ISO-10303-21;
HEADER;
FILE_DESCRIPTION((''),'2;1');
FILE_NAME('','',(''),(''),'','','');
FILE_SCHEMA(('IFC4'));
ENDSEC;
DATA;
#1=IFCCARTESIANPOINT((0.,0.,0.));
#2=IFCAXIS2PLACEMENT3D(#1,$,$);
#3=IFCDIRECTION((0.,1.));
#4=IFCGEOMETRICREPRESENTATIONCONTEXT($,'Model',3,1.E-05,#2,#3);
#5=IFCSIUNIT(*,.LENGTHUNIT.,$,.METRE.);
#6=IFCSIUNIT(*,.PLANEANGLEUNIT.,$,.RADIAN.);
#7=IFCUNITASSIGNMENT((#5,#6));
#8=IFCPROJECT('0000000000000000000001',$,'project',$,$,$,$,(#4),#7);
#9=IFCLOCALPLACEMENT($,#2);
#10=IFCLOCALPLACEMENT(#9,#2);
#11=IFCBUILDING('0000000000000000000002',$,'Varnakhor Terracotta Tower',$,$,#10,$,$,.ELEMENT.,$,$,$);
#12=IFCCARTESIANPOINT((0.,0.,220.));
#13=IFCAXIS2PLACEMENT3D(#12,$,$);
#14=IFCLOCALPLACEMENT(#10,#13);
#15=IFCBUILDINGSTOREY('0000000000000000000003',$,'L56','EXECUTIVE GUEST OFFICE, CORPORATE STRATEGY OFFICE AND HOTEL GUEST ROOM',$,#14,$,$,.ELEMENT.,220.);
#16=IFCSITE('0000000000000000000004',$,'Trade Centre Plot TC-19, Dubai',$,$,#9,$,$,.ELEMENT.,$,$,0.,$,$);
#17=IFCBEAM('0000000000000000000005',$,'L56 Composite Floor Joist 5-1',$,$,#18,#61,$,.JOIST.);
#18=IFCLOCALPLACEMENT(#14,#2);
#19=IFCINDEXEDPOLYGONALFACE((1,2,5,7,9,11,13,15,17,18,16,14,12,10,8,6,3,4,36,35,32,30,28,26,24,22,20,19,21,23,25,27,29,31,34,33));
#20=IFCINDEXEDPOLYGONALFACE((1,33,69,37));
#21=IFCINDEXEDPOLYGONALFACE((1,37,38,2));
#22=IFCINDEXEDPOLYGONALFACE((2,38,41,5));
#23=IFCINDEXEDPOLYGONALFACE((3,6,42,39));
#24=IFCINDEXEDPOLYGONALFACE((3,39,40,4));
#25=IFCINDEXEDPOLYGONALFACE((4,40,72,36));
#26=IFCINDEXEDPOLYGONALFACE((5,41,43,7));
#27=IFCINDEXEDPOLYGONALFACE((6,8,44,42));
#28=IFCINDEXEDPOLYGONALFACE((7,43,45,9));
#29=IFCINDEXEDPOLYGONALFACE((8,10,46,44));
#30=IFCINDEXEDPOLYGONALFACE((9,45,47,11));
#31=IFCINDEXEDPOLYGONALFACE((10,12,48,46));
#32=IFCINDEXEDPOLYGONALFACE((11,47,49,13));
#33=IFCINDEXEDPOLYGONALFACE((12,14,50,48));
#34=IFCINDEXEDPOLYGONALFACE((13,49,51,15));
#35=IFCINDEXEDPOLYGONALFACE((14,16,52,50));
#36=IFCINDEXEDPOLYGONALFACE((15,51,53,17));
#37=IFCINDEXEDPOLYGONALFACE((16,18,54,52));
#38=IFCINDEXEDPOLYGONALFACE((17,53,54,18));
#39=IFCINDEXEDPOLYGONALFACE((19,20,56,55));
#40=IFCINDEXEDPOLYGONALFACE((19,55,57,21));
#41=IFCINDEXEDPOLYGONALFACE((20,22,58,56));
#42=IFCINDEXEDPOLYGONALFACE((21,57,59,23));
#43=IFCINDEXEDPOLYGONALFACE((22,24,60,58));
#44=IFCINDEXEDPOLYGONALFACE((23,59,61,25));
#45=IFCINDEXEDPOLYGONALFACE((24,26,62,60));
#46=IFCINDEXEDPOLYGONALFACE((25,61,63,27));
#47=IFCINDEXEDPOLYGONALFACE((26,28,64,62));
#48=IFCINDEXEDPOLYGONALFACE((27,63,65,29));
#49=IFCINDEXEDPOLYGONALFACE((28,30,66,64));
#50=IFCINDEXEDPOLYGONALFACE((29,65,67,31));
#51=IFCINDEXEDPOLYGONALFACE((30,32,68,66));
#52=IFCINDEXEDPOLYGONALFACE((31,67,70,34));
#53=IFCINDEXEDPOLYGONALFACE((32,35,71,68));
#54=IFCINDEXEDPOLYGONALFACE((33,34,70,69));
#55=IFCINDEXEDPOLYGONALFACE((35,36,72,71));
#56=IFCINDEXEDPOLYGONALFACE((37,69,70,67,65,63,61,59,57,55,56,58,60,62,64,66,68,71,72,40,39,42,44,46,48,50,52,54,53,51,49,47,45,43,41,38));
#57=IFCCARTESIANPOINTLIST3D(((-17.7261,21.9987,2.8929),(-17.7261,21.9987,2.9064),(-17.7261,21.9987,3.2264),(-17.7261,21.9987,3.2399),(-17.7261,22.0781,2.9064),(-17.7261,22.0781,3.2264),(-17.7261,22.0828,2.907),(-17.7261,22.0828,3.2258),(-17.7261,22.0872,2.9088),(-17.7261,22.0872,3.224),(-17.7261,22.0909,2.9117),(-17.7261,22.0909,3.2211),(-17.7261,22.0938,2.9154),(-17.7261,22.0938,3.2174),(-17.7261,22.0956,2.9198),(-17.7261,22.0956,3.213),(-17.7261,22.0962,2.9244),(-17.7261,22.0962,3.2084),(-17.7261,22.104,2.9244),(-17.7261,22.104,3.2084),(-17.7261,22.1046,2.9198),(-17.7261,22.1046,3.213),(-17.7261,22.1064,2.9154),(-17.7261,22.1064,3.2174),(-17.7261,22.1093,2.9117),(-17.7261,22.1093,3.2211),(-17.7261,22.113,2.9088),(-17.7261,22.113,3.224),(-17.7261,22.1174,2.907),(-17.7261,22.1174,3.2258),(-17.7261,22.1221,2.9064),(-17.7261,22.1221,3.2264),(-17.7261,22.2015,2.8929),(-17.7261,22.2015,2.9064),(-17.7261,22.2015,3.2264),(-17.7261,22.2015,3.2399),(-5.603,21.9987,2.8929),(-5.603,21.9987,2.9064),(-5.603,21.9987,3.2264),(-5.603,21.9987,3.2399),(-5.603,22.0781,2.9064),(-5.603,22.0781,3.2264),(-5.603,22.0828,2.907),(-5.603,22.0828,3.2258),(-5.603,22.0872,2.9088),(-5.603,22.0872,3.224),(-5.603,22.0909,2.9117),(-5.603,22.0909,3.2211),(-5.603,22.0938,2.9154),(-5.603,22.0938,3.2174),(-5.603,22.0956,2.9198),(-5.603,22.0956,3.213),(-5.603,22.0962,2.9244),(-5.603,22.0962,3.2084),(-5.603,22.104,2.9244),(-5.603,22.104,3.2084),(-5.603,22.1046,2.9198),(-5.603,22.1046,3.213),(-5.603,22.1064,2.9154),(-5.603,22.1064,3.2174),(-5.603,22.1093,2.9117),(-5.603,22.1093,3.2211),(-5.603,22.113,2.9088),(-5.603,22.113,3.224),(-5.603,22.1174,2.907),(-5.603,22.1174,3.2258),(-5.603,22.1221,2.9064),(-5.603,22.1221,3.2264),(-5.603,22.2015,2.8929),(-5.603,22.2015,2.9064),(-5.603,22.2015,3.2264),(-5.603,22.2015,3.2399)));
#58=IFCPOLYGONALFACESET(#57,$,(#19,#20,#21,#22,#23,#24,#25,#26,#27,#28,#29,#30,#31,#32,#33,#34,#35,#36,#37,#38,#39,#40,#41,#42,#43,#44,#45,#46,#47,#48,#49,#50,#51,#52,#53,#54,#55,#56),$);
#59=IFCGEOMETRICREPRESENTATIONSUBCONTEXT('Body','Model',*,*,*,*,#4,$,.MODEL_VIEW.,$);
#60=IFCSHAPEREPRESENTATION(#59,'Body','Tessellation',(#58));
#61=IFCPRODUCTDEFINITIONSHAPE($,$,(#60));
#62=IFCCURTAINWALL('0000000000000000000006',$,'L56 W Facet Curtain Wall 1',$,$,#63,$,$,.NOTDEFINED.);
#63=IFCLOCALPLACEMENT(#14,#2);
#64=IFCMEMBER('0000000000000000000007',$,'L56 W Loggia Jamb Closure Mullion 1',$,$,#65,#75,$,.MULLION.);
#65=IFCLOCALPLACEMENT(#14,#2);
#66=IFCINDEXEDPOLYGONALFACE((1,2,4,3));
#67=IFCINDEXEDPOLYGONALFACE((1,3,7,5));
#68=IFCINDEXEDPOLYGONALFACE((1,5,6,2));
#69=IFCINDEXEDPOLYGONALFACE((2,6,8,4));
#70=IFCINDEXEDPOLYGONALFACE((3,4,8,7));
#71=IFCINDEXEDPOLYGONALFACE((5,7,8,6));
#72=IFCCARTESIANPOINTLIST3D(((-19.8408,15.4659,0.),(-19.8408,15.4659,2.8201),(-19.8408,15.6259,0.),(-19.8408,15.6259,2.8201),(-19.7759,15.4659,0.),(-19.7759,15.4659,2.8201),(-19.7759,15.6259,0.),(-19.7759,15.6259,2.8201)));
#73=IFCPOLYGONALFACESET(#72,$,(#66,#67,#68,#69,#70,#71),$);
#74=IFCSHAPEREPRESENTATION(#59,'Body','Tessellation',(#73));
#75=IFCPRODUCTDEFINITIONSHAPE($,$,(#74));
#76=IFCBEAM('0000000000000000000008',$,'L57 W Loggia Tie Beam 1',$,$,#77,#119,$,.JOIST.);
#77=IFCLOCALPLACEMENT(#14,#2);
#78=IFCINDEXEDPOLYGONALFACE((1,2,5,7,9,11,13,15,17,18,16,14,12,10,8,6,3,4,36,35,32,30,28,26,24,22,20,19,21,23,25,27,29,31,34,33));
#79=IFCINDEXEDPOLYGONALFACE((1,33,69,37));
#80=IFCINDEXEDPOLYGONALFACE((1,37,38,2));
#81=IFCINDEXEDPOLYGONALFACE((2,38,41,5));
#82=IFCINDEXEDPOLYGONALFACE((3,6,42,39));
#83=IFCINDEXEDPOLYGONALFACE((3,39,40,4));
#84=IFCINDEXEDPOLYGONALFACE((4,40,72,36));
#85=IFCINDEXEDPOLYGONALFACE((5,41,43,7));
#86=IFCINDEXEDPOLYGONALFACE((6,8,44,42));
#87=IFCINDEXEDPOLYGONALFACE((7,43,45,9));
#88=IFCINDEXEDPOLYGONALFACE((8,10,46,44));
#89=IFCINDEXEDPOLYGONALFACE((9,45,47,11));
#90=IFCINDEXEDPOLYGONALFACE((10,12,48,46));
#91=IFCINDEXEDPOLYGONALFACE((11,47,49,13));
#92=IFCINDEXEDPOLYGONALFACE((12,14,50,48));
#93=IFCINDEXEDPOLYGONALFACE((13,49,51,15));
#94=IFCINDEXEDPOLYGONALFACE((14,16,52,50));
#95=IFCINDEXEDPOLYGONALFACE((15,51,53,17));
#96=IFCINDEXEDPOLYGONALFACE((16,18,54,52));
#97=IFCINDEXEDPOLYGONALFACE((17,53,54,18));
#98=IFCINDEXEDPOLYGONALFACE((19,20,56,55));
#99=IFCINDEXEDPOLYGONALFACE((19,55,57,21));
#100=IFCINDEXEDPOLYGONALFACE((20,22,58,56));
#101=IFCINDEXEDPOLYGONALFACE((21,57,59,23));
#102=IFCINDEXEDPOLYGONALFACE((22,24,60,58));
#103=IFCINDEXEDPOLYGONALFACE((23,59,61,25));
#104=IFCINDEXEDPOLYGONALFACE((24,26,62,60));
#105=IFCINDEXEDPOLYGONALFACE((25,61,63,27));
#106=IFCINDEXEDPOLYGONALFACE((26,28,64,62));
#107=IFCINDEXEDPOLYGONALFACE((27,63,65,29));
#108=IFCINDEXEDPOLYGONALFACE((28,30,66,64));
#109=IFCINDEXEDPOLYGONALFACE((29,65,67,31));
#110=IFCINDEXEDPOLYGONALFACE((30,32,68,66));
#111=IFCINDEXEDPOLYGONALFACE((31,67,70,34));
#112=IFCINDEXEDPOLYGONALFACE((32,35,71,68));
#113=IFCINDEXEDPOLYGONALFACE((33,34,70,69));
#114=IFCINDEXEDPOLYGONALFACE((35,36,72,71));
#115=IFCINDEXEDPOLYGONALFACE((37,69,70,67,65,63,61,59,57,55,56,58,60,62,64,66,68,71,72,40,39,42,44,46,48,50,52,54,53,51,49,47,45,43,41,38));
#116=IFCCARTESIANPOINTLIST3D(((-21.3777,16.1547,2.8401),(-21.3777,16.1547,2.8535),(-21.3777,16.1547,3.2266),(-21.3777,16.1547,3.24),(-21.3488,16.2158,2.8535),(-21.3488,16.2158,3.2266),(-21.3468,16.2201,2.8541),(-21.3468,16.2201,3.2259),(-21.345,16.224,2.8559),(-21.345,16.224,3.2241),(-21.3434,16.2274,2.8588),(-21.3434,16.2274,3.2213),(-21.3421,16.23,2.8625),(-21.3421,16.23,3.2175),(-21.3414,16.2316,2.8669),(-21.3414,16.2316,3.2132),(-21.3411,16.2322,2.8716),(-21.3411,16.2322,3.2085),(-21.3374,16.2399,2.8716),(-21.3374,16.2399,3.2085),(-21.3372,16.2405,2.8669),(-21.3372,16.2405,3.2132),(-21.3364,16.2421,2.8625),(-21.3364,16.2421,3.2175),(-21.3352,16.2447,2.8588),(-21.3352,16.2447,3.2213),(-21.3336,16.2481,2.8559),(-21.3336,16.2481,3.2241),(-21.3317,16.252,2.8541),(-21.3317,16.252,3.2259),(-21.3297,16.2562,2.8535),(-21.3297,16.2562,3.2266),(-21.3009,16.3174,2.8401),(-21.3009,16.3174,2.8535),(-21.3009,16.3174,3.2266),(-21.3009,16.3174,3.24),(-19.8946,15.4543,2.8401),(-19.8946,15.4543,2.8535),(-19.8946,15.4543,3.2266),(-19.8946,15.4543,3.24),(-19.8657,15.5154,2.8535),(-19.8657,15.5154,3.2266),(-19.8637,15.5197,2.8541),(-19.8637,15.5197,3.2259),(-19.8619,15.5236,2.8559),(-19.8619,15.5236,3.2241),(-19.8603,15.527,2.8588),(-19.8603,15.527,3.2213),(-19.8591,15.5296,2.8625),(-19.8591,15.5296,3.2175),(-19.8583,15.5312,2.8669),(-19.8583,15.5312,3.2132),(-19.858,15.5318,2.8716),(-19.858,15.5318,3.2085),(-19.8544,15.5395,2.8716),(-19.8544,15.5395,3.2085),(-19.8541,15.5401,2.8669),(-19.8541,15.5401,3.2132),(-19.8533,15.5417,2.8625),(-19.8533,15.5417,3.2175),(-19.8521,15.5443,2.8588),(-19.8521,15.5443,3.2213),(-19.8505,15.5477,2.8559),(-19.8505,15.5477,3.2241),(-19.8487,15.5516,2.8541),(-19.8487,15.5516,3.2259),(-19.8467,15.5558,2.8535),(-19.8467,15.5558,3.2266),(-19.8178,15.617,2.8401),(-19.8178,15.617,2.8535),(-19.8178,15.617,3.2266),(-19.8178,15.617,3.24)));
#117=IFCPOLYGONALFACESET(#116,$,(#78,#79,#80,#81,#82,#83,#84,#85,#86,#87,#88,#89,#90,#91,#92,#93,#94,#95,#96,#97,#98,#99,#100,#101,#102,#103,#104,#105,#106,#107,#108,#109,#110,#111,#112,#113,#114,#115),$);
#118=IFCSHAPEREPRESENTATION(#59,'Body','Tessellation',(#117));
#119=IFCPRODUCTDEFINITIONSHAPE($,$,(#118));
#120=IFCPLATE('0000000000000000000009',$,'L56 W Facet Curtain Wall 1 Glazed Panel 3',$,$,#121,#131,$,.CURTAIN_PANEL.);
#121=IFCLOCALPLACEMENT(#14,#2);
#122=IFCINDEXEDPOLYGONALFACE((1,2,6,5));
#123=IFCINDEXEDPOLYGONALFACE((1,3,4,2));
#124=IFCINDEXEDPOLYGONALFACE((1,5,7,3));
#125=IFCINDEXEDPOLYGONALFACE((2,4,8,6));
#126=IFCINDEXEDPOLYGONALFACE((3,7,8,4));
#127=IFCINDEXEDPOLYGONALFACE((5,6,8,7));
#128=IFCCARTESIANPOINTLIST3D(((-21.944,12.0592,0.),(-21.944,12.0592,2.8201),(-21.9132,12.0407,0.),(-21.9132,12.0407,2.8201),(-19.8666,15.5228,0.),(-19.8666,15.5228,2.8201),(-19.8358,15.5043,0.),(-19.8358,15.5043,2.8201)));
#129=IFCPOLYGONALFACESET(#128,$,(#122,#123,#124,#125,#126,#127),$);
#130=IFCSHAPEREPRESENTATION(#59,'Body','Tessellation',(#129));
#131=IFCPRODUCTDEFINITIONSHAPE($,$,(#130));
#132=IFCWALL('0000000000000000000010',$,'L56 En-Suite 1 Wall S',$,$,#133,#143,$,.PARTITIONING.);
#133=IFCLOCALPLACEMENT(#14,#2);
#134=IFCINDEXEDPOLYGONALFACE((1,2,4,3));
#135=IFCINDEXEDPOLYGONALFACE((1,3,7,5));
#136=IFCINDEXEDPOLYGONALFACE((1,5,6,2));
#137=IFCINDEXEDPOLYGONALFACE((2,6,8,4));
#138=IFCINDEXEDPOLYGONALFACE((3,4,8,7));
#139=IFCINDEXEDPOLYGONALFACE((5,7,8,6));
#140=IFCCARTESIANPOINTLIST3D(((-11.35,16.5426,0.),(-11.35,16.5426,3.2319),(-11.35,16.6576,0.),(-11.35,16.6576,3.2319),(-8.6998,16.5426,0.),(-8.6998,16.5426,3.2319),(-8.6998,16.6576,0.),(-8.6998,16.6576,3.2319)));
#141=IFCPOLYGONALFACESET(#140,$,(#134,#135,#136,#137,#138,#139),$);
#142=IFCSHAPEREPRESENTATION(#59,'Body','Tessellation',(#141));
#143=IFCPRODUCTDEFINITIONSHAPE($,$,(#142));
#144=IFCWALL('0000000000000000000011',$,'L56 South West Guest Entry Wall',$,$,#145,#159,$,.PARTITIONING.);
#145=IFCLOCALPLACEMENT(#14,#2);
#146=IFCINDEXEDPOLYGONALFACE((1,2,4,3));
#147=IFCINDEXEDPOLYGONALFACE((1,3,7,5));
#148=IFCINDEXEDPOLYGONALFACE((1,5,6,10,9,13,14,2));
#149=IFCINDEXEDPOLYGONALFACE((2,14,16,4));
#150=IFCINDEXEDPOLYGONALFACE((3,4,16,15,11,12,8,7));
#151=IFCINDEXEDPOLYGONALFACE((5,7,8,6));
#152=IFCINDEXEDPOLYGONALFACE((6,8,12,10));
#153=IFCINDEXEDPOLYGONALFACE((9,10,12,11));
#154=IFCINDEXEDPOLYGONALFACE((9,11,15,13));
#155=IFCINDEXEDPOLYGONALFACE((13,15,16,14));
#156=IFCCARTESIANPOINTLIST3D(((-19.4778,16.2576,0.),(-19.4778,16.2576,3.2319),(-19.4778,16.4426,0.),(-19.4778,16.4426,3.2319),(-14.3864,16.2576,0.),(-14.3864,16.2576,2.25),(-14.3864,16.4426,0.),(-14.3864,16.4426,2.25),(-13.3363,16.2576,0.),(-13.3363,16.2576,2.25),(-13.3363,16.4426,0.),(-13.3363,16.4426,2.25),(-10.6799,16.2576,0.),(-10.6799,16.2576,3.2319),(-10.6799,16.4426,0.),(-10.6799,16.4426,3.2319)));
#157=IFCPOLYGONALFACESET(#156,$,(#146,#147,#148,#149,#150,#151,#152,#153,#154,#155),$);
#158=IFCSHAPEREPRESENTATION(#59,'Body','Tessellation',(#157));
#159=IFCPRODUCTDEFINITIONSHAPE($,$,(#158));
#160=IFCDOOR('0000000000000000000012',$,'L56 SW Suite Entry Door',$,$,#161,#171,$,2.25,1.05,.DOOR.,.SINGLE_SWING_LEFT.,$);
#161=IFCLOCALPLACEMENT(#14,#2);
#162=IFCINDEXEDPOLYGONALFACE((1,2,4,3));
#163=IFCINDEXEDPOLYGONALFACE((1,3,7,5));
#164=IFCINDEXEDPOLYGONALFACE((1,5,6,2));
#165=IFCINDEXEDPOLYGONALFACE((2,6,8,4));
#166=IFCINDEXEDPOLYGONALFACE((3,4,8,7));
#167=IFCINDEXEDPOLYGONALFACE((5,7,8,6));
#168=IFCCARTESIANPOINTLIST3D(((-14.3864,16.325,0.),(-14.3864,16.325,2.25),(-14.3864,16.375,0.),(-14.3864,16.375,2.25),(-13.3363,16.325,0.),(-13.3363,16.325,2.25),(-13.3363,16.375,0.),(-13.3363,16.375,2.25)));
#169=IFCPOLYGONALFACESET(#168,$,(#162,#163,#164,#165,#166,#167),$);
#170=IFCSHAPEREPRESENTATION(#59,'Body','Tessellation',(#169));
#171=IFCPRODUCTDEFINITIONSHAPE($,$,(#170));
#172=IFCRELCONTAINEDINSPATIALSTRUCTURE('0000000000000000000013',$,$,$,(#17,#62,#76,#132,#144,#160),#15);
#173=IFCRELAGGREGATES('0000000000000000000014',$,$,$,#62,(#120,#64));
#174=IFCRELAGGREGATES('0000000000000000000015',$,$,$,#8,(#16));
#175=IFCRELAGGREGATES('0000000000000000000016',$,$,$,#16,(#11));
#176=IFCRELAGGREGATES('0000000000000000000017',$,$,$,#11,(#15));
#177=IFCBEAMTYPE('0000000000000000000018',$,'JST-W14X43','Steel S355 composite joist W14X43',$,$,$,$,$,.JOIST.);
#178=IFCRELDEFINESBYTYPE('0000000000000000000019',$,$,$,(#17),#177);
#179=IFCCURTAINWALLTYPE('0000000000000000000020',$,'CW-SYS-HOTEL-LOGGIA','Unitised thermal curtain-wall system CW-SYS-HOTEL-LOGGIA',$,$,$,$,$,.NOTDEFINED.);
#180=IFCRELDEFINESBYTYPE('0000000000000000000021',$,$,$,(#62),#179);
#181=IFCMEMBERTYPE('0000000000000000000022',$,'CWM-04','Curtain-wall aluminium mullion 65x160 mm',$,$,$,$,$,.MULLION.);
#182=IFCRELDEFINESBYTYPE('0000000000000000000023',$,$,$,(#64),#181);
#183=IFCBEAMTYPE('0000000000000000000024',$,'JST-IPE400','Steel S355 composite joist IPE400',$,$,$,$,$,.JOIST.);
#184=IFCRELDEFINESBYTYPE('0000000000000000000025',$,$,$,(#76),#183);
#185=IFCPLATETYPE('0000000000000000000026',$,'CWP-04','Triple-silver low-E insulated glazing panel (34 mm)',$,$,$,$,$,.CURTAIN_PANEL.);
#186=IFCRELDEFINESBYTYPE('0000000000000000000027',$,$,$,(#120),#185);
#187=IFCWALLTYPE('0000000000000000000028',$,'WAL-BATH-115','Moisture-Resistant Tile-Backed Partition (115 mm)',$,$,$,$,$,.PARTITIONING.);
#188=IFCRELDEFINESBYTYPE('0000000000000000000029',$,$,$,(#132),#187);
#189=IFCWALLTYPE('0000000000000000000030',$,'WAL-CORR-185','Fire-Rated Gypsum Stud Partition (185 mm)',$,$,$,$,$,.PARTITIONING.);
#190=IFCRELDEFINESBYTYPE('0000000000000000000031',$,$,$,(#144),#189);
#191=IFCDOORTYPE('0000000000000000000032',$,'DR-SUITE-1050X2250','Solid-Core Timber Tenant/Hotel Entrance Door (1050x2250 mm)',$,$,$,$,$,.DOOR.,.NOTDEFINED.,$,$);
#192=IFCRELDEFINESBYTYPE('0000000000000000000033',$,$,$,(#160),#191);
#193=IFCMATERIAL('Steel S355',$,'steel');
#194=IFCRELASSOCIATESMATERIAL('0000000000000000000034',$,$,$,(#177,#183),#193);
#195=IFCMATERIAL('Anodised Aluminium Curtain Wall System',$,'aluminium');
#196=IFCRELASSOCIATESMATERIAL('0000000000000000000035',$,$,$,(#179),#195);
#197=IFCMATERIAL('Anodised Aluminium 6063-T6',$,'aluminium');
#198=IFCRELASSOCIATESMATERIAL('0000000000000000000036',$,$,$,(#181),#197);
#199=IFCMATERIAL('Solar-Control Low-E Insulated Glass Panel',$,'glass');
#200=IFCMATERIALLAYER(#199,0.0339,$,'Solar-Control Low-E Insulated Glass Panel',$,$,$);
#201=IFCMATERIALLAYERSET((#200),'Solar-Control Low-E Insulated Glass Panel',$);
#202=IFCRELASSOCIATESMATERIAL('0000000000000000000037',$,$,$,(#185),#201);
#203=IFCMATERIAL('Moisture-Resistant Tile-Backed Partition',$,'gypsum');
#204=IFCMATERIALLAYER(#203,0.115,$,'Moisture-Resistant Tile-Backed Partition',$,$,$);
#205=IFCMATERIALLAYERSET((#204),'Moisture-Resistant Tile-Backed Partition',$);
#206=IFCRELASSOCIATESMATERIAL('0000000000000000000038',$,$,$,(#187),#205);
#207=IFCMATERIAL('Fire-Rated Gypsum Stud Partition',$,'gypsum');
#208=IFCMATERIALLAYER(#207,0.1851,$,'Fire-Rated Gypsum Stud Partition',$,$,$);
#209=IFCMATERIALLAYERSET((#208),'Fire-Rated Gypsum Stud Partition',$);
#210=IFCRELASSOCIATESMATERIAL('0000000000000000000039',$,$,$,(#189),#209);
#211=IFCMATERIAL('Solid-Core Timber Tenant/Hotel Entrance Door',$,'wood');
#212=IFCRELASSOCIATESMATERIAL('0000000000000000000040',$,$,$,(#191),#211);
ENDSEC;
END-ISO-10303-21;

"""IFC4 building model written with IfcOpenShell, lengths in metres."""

from ifc_helpers import new_model, si_unit, direction, frame, frame_2d, origin, origin_2d, place, context, subcontext, project, spatial, rectangle, i_section, extrude, source, transform, mapped, material, layer, layer_set, material_profile, profile_set, type_object, type_shapes, element, fill, aggregate, save


model = new_model("IFC4")

# Units and contexts
model_context = context("Model", 3, precision=1e-05, world=origin(), true_north=direction((0.0, 1.0)))
body_context = subcontext(model_context, "Body", "Model", "MODEL_VIEW")
ifc_project = project(units=[si_unit("LENGTHUNIT", "METRE"), si_unit("PLANEANGLEUNIT", "RADIAN")], contexts=[model_context])

# Site, building, storey
site_placement = place(None, origin())
site = spatial("IfcSite", under=ifc_project, at=site_placement, Name="Trade Centre Plot TC-19, Dubai", CompositionType="ELEMENT", RefElevation=0.0)
building_placement = place(site_placement, origin())
building = spatial("IfcBuilding", under=site, at=building_placement, Name="Varnakhor Terracotta Tower", CompositionType="ELEMENT")
storey_placement = place(building_placement, frame((0.0, 0.0, 220.0)))
storey = spatial("IfcBuildingStorey", under=building, at=storey_placement, Name="L56", Description="EXECUTIVE GUEST OFFICE, CORPORATE STRATEGY OFFICE AND HOTEL GUEST ROOM", CompositionType="ELEMENT", Elevation=220.0)

# Beam
ifc_material_1 = material(Name="Steel S355", Category="steel")
ifc_material_profile_1 = material_profile(ifc_material_1, i_section(OverallWidth=0.2029, OverallDepth=0.3469, WebThickness=0.0078, FlangeThickness=0.0134, FilletRadius=0.0181, at=origin_2d()), Name="W14X43")
ifc_profile_set_1 = profile_set([ifc_material_profile_1], Name="Steel S355")
beam_type_1 = type_object("IfcBeamType", Name="JST-W14X43", Description="Steel S355 composite joist W14X43", PredefinedType="JOIST", material=ifc_profile_set_1)
shared_shape_1 = source(origin(), body_context, "Body", "SweptSolid", [
    extrude(i_section(OverallWidth=0.2029, OverallDepth=0.3469, WebThickness=0.0078, FlangeThickness=0.0134, FilletRadius=0.0181, at=origin_2d()), origin(), (0.0, 0.0, 1.0), 12.123),
])
beam_1_placement = place(storey_placement, frame((-17.7261, 22.1001, 3.0664), z_axis=(1.0, 0.0, 0.0), x_axis=(0.0, 1.0, 0.0)))
element("IfcBeam", 1, at=beam_1_placement, inside=storey, type_object=beam_type_1, Name="L56 Composite Floor Joist 5-1", PredefinedType="JOIST", context=body_context, shape_type="MappedRepresentation", body=[
    mapped(shared_shape_1, transform((0.0, 0.0, 0.0), scale=1.0)),
])

# Curtain wall, member
ifc_material_2 = material(Name="Anodised Aluminium Curtain Wall System", Category="aluminium")
curtain_wall_type = type_object("IfcCurtainWallType", Name="CW-SYS-HOTEL-LOGGIA", Description="Unitised thermal curtain-wall system CW-SYS-HOTEL-LOGGIA", PredefinedType="NOTDEFINED", material=ifc_material_2)
curtain_wall_placement = place(storey_placement, origin())
curtain_wall = element("IfcCurtainWall", 2, at=curtain_wall_placement, inside=storey, type_object=curtain_wall_type, Name="L56 W Facet Curtain Wall 1", PredefinedType="NOTDEFINED")
ifc_material_3 = material(Name="Anodised Aluminium 6063-T6", Category="aluminium")
ifc_material_profile_2 = material_profile(ifc_material_3, rectangle(XDim=0.0649, YDim=0.1599, at=origin_2d()), Name="ALU MULLION 65x160")
ifc_profile_set_2 = profile_set([ifc_material_profile_2], Name="Anodised Aluminium 6063-T6")
member_type = type_object("IfcMemberType", Name="CWM-04", Description="Curtain-wall aluminium mullion 65x160 mm", PredefinedType="MULLION", material=ifc_profile_set_2)
shared_shape_2 = source(origin(), body_context, "Body", "SweptSolid", [
    extrude(rectangle(XDim=0.0649, YDim=0.1599, at=origin_2d()), origin(), (0.0, 0.0, 1.0), 2.8201),
])
type_shapes(member_type, [shared_shape_2])
member_placement = place(storey_placement, frame((-19.8083, 15.5459, 0.0), z_axis=(0.0, 0.0, 1.0), x_axis=(1.0, 0.0, 0.0)))
member = element("IfcMember", 3, at=member_placement, type_object=member_type, Name="L56 W Loggia Jamb Closure Mullion 1", PredefinedType="MULLION", context=body_context, shape_type="MappedRepresentation", body=[
    mapped(shared_shape_2, transform((0.0, 0.0, 0.0), scale=1.0)),
])

# Beam
ifc_material_profile_3 = material_profile(ifc_material_1, i_section(OverallWidth=0.1799, OverallDepth=0.3999, WebThickness=0.0085, FlangeThickness=0.0134, FilletRadius=0.0181, at=origin_2d()), Name="IPE400")
ifc_profile_set_3 = profile_set([ifc_material_profile_3], Name="Steel S355")
beam_type_2 = type_object("IfcBeamType", Name="JST-IPE400", Description="Steel S355 composite joist IPE400", PredefinedType="JOIST", material=ifc_profile_set_3)
shared_shape_3 = source(origin(), body_context, "Body", "SweptSolid", [
    extrude(i_section(OverallWidth=0.1799, OverallDepth=0.3999, WebThickness=0.0085, FlangeThickness=0.0134, FilletRadius=0.0181, at=origin_2d()), origin(), (0.0, 0.0, 1.0), 1.6401),
])
beam_2_placement = place(storey_placement, frame((-19.8562, 15.5356, 3.04), z_axis=(-0.904234, 0.427037, 0.0), x_axis=(-0.427037, -0.904234, 0.0)))
element("IfcBeam", 4, at=beam_2_placement, inside=storey, type_object=beam_type_2, Name="L57 W Loggia Tie Beam 1", PredefinedType="JOIST", context=body_context, shape_type="MappedRepresentation", body=[
    mapped(shared_shape_3, transform((0.0, 0.0, 0.0), scale=1.0)),
])

# Plate
ifc_material_4 = material(Name="Solar-Control Low-E Insulated Glass Panel", Category="glass")
ifc_layer_1 = layer(ifc_material_4, 0.0339, Name="Solar-Control Low-E Insulated Glass Panel")
ifc_layer_set_1 = layer_set([ifc_layer_1], Name="Solar-Control Low-E Insulated Glass Panel")
plate_type = type_object("IfcPlateType", Name="CWP-04", Description="Triple-silver low-E insulated glazing panel (34 mm)", PredefinedType="CURTAIN_PANEL", material=ifc_layer_set_1)
shared_shape_4 = source(origin(), body_context, "Body", "SweptSolid", [
    extrude(rectangle(XDim=4.0388, YDim=0.0359, at=origin_2d()), origin(), (0.0, 0.0, 1.0), 2.8201),
])
type_shapes(plate_type, [shared_shape_4])
plate_placement = place(storey_placement, frame((-20.8899, 13.7817, 0.0), z_axis=(0.0, 0.0, 1.0), x_axis=(0.514365, 0.857572, 0.0)))
plate = element("IfcPlate", 5, at=plate_placement, type_object=plate_type, Name="L56 W Facet Curtain Wall 1 Glazed Panel 3", PredefinedType="CURTAIN_PANEL", context=body_context, shape_type="MappedRepresentation", body=[
    mapped(shared_shape_4, transform((0.0, 0.0, 0.0), scale=1.0)),
])
aggregate(curtain_wall, [plate, member])

# Wall
ifc_material_5 = material(Name="Moisture-Resistant Tile-Backed Partition", Category="gypsum")
ifc_layer_2 = layer(ifc_material_5, 0.115, Name="Moisture-Resistant Tile-Backed Partition")
ifc_layer_set_2 = layer_set([ifc_layer_2], Name="Moisture-Resistant Tile-Backed Partition")
wall_type_1 = type_object("IfcWallType", Name="WAL-BATH-115", Description="Moisture-Resistant Tile-Backed Partition (115 mm)", PredefinedType="PARTITIONING", material=ifc_layer_set_2)
wall_1_placement = place(storey_placement, frame((-11.3501, 16.6001, 0.0), z_axis=(0.0, 0.0, 1.0), x_axis=(1.0, 0.0, 0.0)))
element("IfcWall", 6, at=wall_1_placement, inside=storey, type_object=wall_type_1, Name="L56 En-Suite 1 Wall S", PredefinedType="PARTITIONING", context=body_context, shape_type="SweptSolid", body=[
    extrude(rectangle(XDim=2.6501, YDim=0.115, at=frame_2d((1.3252, 0.0))), origin(), (0.0, 0.0, 1.0), 3.2319),
])

# Wall, opening, door
ifc_material_6 = material(Name="Fire-Rated Gypsum Stud Partition", Category="gypsum")
ifc_layer_3 = layer(ifc_material_6, 0.1851, Name="Fire-Rated Gypsum Stud Partition")
ifc_layer_set_3 = layer_set([ifc_layer_3], Name="Fire-Rated Gypsum Stud Partition")
wall_type_2 = type_object("IfcWallType", Name="WAL-CORR-185", Description="Fire-Rated Gypsum Stud Partition (185 mm)", PredefinedType="PARTITIONING", material=ifc_layer_set_3)
wall_2_placement = place(storey_placement, frame((-19.4778, 16.3501, 0.0), z_axis=(0.0, 0.0, 1.0), x_axis=(1.0, 0.0, 0.0)))
wall_2 = element("IfcWall", 7, at=wall_2_placement, inside=storey, type_object=wall_type_2, Name="L56 South West Guest Entry Wall", PredefinedType="PARTITIONING", context=body_context, shape_type="SweptSolid", body=[
    extrude(rectangle(XDim=8.7979, YDim=0.1851, at=frame_2d((4.3989, 0.0))), origin(), (0.0, 0.0, 1.0), 3.2319),
])
opening_1_placement = place(wall_2_placement, frame((5.0916, 0.0, 0.0)))
opening_1 = element("IfcOpeningElement", 8, at=opening_1_placement, cuts=wall_2, PredefinedType="OPENING", context=body_context, shape_type="SweptSolid", body=[
    extrude(rectangle(XDim=1.05, YDim=2.25, at=frame_2d((0.5249, 1.125))), frame((0.0, 0.1025, 0.0), z_axis=(0.0, -1.0, 0.0), x_axis=(1.0, 0.0, 0.0)), (0.0, 0.0, 1.0), 0.2051),
])
ifc_material_7 = material(Name="Solid-Core Timber Tenant/Hotel Entrance Door", Category="wood")
door_type_1 = type_object("IfcDoorType", Name="DR-SUITE-1050X2250", Description="Solid-Core Timber Tenant/Hotel Entrance Door (1050x2250 mm)", OperationType="NOTDEFINED", PredefinedType="DOOR", material=ifc_material_7)
shared_shape_5 = source(origin(), body_context, "Body", "SweptSolid", [
    extrude(rectangle(XDim=1.05, YDim=2.25, at=frame_2d((0.5249, 1.125))), frame((0.0, 0.0249, 0.0), z_axis=(0.0, -1.0, 0.0), x_axis=(1.0, 0.0, 0.0)), (0.0, 0.0, 1.0), 0.05),
])
type_shapes(door_type_1, [shared_shape_5])
door_1_placement = place(opening_1_placement, origin())
door_1 = element("IfcDoor", 9, at=door_1_placement, inside=storey, type_object=door_type_1, Name="L56 SW Suite Entry Door", OperationType="SINGLE_SWING_LEFT", OverallHeight=2.25, OverallWidth=1.05, PredefinedType="DOOR", context=body_context, shape_type="MappedRepresentation", body=[
    mapped(shared_shape_5, transform((0.0, 0.0, 0.0), scale=1.0)),
])
fill(opening_1, door_1)

save(model, "model.ifc")
